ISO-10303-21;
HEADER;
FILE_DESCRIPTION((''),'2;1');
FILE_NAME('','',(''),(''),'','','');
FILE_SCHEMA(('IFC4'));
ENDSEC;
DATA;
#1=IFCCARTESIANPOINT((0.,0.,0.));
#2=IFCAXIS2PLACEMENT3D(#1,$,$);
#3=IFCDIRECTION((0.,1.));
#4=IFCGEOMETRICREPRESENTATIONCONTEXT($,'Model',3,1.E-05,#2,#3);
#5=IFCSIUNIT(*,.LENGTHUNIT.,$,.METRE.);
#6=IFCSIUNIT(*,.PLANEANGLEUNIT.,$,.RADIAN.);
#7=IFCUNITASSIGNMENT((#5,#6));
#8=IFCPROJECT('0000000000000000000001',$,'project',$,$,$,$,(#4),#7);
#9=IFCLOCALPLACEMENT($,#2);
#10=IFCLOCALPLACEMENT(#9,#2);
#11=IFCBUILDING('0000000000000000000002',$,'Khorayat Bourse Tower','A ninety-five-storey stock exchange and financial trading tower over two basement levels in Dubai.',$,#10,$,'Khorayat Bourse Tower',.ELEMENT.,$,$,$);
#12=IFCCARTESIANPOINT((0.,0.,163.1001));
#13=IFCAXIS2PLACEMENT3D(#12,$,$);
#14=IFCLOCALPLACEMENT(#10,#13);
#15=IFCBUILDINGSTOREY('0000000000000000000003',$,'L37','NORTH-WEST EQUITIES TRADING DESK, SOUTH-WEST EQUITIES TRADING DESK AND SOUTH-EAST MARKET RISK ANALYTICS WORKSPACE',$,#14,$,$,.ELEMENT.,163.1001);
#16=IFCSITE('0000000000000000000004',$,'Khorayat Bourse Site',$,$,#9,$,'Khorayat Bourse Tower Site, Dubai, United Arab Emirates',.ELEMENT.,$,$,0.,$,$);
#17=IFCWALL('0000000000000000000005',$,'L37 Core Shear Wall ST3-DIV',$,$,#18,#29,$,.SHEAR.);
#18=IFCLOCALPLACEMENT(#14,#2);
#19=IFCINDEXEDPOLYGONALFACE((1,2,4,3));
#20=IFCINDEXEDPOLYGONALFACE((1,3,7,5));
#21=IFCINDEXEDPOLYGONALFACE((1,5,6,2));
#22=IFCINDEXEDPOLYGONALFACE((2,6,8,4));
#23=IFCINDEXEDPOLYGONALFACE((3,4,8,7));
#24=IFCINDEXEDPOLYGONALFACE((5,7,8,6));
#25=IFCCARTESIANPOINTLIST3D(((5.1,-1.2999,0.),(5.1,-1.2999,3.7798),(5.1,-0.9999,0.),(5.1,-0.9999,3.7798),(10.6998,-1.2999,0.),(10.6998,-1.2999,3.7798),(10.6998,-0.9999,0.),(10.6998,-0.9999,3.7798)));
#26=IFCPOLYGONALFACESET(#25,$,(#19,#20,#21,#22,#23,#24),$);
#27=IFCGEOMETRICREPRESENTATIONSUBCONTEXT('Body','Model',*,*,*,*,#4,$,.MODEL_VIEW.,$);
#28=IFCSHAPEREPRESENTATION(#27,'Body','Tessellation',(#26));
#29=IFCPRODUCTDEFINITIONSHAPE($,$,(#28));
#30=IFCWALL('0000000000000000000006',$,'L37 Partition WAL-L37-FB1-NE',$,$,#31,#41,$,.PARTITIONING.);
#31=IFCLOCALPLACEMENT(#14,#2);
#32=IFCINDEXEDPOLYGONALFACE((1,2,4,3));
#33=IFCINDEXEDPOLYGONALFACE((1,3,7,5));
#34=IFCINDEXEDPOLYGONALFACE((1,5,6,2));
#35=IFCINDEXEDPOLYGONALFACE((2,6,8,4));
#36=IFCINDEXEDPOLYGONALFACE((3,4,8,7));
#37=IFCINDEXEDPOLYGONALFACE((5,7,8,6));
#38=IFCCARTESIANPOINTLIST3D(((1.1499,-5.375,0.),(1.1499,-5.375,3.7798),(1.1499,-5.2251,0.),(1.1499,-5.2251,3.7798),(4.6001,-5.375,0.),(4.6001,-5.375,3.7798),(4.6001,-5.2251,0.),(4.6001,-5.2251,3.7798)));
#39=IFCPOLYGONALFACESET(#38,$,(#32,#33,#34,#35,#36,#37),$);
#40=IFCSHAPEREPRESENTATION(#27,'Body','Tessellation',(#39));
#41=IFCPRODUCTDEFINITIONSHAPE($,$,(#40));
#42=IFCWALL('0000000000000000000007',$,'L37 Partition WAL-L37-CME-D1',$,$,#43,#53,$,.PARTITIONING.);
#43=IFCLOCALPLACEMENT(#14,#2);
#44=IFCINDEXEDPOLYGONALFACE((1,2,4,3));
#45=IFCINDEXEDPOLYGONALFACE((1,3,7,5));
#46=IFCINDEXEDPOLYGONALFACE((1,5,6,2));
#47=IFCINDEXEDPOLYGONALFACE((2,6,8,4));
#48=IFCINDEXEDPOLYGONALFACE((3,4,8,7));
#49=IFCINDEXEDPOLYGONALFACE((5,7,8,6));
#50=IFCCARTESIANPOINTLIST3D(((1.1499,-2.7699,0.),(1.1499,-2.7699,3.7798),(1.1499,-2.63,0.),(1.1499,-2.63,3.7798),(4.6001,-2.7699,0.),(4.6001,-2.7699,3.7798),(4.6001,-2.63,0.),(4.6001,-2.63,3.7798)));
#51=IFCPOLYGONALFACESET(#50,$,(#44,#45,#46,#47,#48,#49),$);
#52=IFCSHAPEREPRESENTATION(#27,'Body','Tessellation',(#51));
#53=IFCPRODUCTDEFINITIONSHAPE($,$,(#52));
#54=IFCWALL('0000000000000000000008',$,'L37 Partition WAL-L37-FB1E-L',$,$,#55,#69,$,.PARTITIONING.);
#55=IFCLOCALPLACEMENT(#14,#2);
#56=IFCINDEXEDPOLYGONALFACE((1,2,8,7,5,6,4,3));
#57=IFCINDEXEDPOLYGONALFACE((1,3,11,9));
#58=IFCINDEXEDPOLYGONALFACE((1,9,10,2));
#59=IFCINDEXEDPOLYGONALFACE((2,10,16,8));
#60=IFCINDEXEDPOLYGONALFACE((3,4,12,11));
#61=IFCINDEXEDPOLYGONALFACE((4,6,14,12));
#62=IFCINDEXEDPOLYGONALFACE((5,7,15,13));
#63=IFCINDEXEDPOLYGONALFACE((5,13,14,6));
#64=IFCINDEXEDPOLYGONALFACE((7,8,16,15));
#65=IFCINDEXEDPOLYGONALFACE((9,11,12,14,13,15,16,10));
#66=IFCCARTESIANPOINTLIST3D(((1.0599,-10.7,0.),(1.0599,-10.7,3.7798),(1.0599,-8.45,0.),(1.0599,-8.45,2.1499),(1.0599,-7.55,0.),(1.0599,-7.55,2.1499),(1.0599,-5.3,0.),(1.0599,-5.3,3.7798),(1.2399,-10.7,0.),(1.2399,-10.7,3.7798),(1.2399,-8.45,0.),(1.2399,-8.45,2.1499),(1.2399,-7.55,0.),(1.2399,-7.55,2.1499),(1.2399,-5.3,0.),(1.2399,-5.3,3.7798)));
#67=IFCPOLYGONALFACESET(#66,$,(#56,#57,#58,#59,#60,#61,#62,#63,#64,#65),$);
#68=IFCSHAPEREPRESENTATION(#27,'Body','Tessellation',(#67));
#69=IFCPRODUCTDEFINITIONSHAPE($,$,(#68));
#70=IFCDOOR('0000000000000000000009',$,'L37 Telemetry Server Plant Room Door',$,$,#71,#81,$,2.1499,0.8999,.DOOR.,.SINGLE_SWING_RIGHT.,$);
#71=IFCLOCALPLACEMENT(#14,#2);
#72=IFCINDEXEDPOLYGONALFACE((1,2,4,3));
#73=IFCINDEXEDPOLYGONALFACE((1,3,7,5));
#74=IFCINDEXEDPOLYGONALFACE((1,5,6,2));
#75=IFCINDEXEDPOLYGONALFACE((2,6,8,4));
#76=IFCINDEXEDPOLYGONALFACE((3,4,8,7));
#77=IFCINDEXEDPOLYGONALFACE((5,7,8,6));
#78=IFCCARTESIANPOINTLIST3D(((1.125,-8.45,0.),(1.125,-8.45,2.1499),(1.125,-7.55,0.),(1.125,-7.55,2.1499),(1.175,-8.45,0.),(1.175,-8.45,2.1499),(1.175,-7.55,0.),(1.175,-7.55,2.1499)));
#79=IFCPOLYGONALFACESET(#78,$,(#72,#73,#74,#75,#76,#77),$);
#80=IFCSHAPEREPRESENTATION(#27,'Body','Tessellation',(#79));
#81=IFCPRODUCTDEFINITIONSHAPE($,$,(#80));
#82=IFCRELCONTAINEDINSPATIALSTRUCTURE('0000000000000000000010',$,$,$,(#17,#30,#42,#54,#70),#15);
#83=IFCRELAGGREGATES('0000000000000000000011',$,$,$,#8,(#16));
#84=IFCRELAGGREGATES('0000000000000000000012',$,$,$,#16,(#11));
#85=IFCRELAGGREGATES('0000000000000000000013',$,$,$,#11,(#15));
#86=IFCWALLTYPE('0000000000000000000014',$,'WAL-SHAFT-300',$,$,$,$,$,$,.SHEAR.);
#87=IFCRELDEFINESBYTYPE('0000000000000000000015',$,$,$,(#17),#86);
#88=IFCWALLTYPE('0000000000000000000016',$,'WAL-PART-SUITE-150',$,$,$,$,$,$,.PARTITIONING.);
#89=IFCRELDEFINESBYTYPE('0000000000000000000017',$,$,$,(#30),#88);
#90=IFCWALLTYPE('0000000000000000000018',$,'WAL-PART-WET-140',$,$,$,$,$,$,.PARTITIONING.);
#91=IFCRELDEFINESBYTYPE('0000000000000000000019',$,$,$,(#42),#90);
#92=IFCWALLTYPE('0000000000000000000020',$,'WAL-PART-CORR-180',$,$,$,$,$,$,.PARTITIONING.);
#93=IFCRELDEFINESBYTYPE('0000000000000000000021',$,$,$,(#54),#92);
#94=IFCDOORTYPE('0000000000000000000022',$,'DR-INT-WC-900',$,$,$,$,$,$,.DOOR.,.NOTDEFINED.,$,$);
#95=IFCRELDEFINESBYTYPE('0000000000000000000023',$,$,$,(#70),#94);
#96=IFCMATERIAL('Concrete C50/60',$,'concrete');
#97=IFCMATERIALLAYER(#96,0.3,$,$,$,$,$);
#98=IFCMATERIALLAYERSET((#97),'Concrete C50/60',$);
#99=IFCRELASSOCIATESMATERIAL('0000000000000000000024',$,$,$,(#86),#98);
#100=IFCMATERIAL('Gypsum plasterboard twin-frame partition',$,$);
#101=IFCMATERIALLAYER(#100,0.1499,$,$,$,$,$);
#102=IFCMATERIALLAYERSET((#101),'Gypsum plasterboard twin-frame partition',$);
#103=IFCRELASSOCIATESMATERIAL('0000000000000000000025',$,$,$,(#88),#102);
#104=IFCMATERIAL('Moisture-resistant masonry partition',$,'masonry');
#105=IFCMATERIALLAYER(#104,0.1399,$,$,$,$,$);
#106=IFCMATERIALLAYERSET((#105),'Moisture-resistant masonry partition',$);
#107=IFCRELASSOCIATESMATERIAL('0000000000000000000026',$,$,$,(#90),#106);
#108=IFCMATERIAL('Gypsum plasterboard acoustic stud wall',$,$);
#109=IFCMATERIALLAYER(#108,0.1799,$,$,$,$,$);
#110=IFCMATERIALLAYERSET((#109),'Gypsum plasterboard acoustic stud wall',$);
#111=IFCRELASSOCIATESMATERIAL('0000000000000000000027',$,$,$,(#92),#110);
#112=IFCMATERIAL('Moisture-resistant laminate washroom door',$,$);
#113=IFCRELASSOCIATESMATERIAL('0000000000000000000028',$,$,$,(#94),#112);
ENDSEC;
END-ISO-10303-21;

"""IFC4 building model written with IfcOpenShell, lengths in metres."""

from ifc_helpers import new_model, si_unit, direction, frame, frame_2d, origin, place, context, subcontext, project, spatial, rectangle, extrude, source, transform, mapped, material, layer, layer_set, type_object, element, fill, save


model = new_model("IFC4")

# Units and contexts
model_context = context("Model", 3, precision=1e-05, world=origin(), true_north=direction((0.0, 1.0)))
body_context = subcontext(model_context, "Body", "Model", "MODEL_VIEW")
ifc_project = project(units=[si_unit("LENGTHUNIT", "METRE"), si_unit("PLANEANGLEUNIT", "RADIAN")], contexts=[model_context])

# Site, building, storey
site_placement = place(None, origin())
site = spatial("IfcSite", under=ifc_project, at=site_placement, Name="Khorayat Bourse Site", LongName="Khorayat Bourse Tower Site, Dubai, United Arab Emirates", CompositionType="ELEMENT", RefElevation=0.0)
building_placement = place(site_placement, origin())
building = spatial("IfcBuilding", under=site, at=building_placement, Name="Khorayat Bourse Tower", Description="A ninety-five-storey stock exchange and financial trading tower over two basement levels in Dubai.", LongName="Khorayat Bourse Tower", CompositionType="ELEMENT")
storey_placement = place(building_placement, frame((0.0, 0.0, 163.1001)))
storey = spatial("IfcBuildingStorey", under=building, at=storey_placement, Name="L37", Description="NORTH-WEST EQUITIES TRADING DESK, SOUTH-WEST EQUITIES TRADING DESK AND SOUTH-EAST MARKET RISK ANALYTICS WORKSPACE", CompositionType="ELEMENT", Elevation=163.1001)

# Walls
ifc_material_1 = material(Name="Concrete C50/60", Category="concrete")
ifc_layer_1 = layer(ifc_material_1, 0.3)
ifc_layer_set_1 = layer_set([ifc_layer_1], Name="Concrete C50/60")
wall_type_1 = type_object("IfcWallType", Name="WAL-SHAFT-300", PredefinedType="SHEAR", material=ifc_layer_set_1)
shared_shape_1 = source(origin(), body_context, "Body", "SweptSolid", [
    extrude(rectangle(XDim=5.5999, YDim=0.3, at=frame_2d((2.7998, 0.0))), origin(), (0.0, 0.0, 1.0), 3.7798),
])
wall_1_placement = place(storey_placement, frame((5.1001, -1.1499, 0.0), z_axis=(0.0, 0.0, 1.0), x_axis=(1.0, 0.0, 0.0)))
element("IfcWall", 1, at=wall_1_placement, inside=storey, type_object=wall_type_1, Name="L37 Core Shear Wall ST3-DIV", PredefinedType="SHEAR", context=body_context, shape_type="MappedRepresentation", body=[
    mapped(shared_shape_1, transform((0.0, 0.0, 0.0), scale=1.0)),
])
ifc_material_2 = material(Name="Gypsum plasterboard twin-frame partition")
ifc_layer_2 = layer(ifc_material_2, 0.1499)
ifc_layer_set_2 = layer_set([ifc_layer_2], Name="Gypsum plasterboard twin-frame partition")
wall_type_2 = type_object("IfcWallType", Name="WAL-PART-SUITE-150", PredefinedType="PARTITIONING", material=ifc_layer_set_2)
shared_shape_2 = source(origin(), body_context, "Body", "SweptSolid", [
    extrude(rectangle(XDim=3.4502, YDim=0.1499, at=frame_2d((1.7251, 0.0))), origin(), (0.0, 0.0, 1.0), 3.7798),
])
wall_2_placement = place(storey_placement, frame((1.1499, -5.3, 0.0), z_axis=(0.0, 0.0, 1.0), x_axis=(1.0, 0.0, 0.0)))
element("IfcWall", 2, at=wall_2_placement, inside=storey, type_object=wall_type_2, Name="L37 Partition WAL-L37-FB1-NE", PredefinedType="PARTITIONING", context=body_context, shape_type="MappedRepresentation", body=[
    mapped(shared_shape_2, transform((0.0, 0.0, 0.0), scale=1.0)),
])
ifc_material_3 = material(Name="Moisture-resistant masonry partition", Category="masonry")
ifc_layer_3 = layer(ifc_material_3, 0.1399)
ifc_layer_set_3 = layer_set([ifc_layer_3], Name="Moisture-resistant masonry partition")
wall_type_3 = type_object("IfcWallType", Name="WAL-PART-WET-140", PredefinedType="PARTITIONING", material=ifc_layer_set_3)
shared_shape_3 = source(origin(), body_context, "Body", "SweptSolid", [
    extrude(rectangle(XDim=3.4502, YDim=0.1399, at=frame_2d((1.7251, 0.0))), origin(), (0.0, 0.0, 1.0), 3.7798),
])
wall_3_placement = place(storey_placement, frame((1.1499, -2.7, 0.0), z_axis=(0.0, 0.0, 1.0), x_axis=(1.0, 0.0, 0.0)))
element("IfcWall", 3, at=wall_3_placement, inside=storey, type_object=wall_type_3, Name="L37 Partition WAL-L37-CME-D1", PredefinedType="PARTITIONING", context=body_context, shape_type="MappedRepresentation", body=[
    mapped(shared_shape_3, transform((0.0, 0.0, 0.0), scale=1.0)),
])

# Shared definitions
ifc_material_4 = material(Name="Gypsum plasterboard acoustic stud wall")
ifc_layer_4 = layer(ifc_material_4, 0.1799)
ifc_layer_set_4 = layer_set([ifc_layer_4], Name="Gypsum plasterboard acoustic stud wall")
wall_type_4 = type_object("IfcWallType", Name="WAL-PART-CORR-180", PredefinedType="PARTITIONING", material=ifc_layer_set_4)
shared_shape_4 = source(origin(), body_context, "Body", "SweptSolid", [
    extrude(rectangle(XDim=5.3999, YDim=0.1799, at=frame_2d((2.7, 0.0))), origin(), (0.0, 0.0, 1.0), 3.7798),
])
shared_shape_5 = source(origin(), body_context, "Body", "SweptSolid", [
    extrude(rectangle(XDim=0.8999, YDim=2.1499, at=frame_2d((0.45, 1.075))), frame((0.0, 0.0999, 0.0), z_axis=(0.0, -1.0, 0.0), x_axis=(1.0, 0.0, 0.0)), (0.0, 0.0, 1.0), 0.2),
])
ifc_material_5 = material(Name="Moisture-resistant laminate washroom door")
door_type = type_object("IfcDoorType", Name="DR-INT-WC-900", OperationType="NOTDEFINED", PredefinedType="DOOR", material=ifc_material_5)
shared_shape_6 = source(origin(), body_context, "Body", "SweptSolid", [
    extrude(rectangle(XDim=0.8999, YDim=2.1499, at=frame_2d((0.45, 1.075))), frame((0.0, 0.0249, 0.0), z_axis=(0.0, -1.0, 0.0), x_axis=(1.0, 0.0, 0.0)), (0.0, 0.0, 1.0), 0.05),
])

# Wall, opening, door
wall_4_placement = place(storey_placement, frame((1.1499, -10.7, 0.0), z_axis=(0.0, 0.0, 1.0), x_axis=(0.0, 1.0, 0.0)))
wall_4 = element("IfcWall", 4, at=wall_4_placement, inside=storey, type_object=wall_type_4, Name="L37 Partition WAL-L37-FB1E-L", PredefinedType="PARTITIONING", context=body_context, shape_type="MappedRepresentation", body=[
    mapped(shared_shape_4, transform((0.0, 0.0, 0.0), scale=1.0)),
])
opening_1_placement = place(wall_4_placement, frame((2.25, 0.0, 0.0)))
opening_1 = element("IfcOpeningElement", 5, at=opening_1_placement, cuts=wall_4, PredefinedType="OPENING", context=body_context, shape_type="MappedRepresentation", body=[
    mapped(shared_shape_5, transform((0.0, 0.0, 0.0), scale=1.0)),
])
door_1_placement = place(opening_1_placement, origin())
door_1 = element("IfcDoor", 6, at=door_1_placement, inside=storey, type_object=door_type, Name="L37 Telemetry Server Plant Room Door", OperationType="SINGLE_SWING_RIGHT", OverallHeight=2.1499, OverallWidth=0.8999, PredefinedType="DOOR", context=body_context, shape_type="MappedRepresentation", body=[
    mapped(shared_shape_6, transform((0.0, 0.0, 0.0), scale=1.0)),
])
fill(opening_1, door_1)

save(model, "model.ifc")
